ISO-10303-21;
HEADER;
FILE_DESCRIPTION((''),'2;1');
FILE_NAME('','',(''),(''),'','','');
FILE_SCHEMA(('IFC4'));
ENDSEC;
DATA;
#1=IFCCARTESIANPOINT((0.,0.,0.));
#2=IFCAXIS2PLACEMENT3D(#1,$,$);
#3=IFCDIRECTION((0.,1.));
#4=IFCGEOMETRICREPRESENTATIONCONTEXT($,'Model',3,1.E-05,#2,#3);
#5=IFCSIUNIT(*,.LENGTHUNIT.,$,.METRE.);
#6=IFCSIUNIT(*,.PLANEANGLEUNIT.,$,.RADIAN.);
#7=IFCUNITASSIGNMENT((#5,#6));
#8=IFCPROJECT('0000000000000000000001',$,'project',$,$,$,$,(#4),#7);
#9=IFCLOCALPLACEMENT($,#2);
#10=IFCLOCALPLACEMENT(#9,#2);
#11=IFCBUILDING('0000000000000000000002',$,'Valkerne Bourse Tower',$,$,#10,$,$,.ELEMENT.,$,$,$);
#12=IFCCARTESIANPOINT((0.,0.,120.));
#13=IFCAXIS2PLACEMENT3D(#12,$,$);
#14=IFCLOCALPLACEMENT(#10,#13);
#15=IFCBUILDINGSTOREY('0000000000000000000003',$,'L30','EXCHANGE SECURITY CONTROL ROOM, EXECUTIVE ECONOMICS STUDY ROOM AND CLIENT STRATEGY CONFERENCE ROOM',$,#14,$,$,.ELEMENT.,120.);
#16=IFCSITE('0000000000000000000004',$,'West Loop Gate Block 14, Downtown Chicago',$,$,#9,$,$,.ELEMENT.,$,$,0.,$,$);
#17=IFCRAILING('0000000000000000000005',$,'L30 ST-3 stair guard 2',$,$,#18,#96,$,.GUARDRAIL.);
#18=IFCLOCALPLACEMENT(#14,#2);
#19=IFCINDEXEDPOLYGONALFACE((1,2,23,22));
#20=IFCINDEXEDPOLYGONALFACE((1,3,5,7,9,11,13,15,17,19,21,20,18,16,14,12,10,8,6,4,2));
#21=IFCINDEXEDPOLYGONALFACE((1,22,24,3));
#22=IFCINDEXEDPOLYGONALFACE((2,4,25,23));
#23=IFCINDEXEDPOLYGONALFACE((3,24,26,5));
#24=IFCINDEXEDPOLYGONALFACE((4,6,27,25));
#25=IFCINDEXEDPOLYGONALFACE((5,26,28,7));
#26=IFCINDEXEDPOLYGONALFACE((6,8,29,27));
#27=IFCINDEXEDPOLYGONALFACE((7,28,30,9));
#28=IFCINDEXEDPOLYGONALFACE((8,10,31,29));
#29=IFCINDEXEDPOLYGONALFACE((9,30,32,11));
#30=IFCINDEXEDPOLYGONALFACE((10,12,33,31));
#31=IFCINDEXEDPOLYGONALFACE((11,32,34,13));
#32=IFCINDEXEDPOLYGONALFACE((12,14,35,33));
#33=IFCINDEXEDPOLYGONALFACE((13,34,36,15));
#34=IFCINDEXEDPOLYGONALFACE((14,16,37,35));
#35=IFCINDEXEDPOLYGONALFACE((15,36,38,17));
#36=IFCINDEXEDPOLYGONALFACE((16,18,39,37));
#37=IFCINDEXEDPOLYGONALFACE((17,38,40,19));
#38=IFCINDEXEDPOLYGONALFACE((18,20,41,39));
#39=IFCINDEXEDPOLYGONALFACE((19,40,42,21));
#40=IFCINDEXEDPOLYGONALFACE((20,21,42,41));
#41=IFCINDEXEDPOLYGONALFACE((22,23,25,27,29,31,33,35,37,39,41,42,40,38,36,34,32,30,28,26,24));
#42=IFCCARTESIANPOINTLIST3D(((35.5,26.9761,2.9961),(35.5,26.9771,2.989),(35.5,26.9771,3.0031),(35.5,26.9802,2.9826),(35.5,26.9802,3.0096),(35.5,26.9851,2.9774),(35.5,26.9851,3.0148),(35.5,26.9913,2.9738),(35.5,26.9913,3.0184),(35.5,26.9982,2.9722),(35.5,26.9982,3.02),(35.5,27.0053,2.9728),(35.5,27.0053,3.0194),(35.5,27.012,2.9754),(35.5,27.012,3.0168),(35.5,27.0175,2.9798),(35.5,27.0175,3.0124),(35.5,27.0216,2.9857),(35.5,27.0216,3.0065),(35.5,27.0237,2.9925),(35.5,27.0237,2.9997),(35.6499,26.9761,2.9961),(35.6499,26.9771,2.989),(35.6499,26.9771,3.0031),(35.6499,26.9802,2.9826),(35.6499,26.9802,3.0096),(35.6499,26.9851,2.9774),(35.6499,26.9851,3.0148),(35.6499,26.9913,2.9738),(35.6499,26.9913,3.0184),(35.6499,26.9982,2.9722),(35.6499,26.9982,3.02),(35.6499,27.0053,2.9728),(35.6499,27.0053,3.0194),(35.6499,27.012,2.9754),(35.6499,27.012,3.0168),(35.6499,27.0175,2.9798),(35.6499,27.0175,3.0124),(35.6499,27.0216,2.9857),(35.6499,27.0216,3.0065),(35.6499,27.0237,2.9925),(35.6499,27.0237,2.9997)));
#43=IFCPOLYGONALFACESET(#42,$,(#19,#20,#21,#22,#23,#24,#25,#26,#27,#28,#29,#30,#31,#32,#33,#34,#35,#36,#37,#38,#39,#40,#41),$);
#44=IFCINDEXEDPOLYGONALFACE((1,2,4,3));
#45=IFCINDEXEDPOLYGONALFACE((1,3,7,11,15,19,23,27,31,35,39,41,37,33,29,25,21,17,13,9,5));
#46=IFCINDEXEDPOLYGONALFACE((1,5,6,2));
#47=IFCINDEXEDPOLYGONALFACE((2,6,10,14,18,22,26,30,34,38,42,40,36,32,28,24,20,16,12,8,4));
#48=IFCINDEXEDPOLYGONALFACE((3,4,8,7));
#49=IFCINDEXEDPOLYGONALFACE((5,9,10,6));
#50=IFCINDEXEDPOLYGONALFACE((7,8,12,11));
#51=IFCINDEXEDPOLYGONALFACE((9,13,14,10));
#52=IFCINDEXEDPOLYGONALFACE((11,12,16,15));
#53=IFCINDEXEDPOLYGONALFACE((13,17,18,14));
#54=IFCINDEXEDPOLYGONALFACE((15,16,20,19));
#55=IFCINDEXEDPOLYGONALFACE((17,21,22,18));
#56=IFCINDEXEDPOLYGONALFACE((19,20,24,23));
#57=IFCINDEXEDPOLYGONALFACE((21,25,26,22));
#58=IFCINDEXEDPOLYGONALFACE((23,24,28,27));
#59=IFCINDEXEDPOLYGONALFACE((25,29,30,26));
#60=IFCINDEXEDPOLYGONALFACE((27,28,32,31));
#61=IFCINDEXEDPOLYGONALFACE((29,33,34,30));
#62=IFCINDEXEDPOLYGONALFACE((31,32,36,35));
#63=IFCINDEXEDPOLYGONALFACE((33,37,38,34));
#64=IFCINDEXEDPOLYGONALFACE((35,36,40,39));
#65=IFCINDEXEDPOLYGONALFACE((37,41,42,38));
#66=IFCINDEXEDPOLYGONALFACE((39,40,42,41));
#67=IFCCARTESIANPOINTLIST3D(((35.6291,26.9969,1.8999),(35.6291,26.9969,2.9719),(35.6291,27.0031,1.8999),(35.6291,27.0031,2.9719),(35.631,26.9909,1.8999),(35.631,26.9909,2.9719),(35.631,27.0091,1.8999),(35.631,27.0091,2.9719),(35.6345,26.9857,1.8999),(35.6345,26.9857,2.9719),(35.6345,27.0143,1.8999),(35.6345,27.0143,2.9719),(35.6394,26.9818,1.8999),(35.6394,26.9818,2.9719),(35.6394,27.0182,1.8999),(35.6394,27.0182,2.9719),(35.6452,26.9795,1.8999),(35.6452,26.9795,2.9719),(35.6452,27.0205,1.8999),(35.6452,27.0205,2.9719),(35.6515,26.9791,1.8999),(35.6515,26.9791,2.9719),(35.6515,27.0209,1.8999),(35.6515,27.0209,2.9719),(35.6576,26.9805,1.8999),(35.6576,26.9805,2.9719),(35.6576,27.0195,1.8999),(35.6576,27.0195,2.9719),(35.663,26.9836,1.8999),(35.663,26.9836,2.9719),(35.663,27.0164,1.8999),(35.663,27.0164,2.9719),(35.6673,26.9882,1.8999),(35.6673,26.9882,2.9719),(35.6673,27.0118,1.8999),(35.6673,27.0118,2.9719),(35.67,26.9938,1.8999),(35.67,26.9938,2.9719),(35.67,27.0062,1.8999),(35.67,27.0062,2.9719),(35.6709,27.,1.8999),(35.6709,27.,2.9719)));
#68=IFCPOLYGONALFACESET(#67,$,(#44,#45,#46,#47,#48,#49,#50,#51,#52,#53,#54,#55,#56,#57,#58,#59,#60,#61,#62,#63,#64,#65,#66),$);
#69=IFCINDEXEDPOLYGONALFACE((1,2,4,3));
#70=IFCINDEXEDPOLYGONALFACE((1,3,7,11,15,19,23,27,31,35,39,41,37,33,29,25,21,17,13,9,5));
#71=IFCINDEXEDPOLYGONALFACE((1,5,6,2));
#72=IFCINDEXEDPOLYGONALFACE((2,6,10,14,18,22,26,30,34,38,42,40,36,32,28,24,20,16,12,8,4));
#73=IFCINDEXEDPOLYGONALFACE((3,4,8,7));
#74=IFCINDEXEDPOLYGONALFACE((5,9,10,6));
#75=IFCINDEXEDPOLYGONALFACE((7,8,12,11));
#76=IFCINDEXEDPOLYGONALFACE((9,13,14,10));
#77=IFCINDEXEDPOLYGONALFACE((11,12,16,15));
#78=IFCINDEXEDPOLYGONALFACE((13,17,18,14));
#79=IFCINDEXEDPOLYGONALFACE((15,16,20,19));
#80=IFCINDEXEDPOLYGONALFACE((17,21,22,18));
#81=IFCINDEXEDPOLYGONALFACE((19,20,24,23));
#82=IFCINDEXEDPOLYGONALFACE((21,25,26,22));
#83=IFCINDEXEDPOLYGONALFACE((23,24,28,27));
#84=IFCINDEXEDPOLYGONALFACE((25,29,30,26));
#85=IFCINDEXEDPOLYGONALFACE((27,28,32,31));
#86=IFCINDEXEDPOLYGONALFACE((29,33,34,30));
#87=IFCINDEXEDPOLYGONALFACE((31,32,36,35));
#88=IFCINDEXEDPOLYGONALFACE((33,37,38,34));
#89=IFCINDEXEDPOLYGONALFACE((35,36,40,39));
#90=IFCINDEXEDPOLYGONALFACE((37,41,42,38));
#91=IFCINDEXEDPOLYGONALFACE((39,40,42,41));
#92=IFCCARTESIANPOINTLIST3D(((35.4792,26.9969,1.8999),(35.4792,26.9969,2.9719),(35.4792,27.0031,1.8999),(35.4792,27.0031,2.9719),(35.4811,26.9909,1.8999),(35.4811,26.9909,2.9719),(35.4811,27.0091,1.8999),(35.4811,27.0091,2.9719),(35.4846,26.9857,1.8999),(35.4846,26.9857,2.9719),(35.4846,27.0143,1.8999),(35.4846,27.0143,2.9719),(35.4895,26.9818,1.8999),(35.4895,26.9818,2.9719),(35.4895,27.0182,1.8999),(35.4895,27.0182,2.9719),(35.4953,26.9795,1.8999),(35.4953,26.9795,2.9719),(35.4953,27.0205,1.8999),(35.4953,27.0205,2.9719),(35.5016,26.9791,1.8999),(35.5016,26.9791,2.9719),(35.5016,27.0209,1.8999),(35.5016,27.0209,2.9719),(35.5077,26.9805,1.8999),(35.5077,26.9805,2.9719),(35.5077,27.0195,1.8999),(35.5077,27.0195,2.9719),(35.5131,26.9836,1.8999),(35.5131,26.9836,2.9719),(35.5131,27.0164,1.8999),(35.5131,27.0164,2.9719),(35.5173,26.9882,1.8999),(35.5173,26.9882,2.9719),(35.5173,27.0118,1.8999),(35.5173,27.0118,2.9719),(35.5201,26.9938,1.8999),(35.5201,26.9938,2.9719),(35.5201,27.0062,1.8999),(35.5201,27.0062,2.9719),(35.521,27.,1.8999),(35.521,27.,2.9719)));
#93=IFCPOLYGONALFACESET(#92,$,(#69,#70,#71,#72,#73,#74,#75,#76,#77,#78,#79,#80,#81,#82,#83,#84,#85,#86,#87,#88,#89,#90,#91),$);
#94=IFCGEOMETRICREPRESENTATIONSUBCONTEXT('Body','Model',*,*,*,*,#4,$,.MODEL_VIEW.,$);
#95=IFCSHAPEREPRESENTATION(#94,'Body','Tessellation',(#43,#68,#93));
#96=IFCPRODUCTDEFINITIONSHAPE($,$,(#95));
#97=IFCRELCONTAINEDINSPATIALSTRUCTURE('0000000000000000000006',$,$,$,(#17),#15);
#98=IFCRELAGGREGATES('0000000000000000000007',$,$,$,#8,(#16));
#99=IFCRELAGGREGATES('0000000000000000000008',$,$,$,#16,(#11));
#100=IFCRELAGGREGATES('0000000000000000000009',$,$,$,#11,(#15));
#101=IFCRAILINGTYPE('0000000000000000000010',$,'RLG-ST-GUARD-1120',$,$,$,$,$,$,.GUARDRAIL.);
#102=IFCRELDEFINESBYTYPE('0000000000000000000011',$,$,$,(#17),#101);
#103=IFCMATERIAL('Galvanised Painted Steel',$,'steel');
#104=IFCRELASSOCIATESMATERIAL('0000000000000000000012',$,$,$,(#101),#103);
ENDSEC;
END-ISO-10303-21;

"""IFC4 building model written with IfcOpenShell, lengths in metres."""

from ifc_helpers import new_model, si_unit, direction, frame, origin, origin_2d, place, context, subcontext, project, spatial, circle, extrude, material, type_object, element, save


model = new_model("IFC4")

# Units and contexts
model_context = context("Model", 3, precision=1e-05, world=origin(), true_north=direction((0.0, 1.0)))
body_context = subcontext(model_context, "Body", "Model", "MODEL_VIEW")
ifc_project = project(units=[si_unit("LENGTHUNIT", "METRE"), si_unit("PLANEANGLEUNIT", "RADIAN")], contexts=[model_context])

# Site, building, storey
site_placement = place(None, origin())
site = spatial("IfcSite", under=ifc_project, at=site_placement, Name="West Loop Gate Block 14, Downtown Chicago", CompositionType="ELEMENT", RefElevation=0.0)
building_placement = place(site_placement, origin())
building = spatial("IfcBuilding", under=site, at=building_placement, Name="Valkerne Bourse Tower", CompositionType="ELEMENT")
storey_placement = place(building_placement, frame((0.0, 0.0, 120.0)))
storey = spatial("IfcBuildingStorey", under=building, at=storey_placement, Name="L30", Description="EXCHANGE SECURITY CONTROL ROOM, EXECUTIVE ECONOMICS STUDY ROOM AND CLIENT STRATEGY CONFERENCE ROOM", CompositionType="ELEMENT", Elevation=120.0)

# Railing
ifc_material_1 = material(Name="Galvanised Painted Steel", Category="steel")
railing_type_1 = type_object("IfcRailingType", Name="RLG-ST-GUARD-1120", PredefinedType="GUARDRAIL", material=ifc_material_1)
railing_1_placement = place(storey_placement, frame((35.6499, 27.0, 1.8999)))
element("IfcRailing", 1, at=railing_1_placement, inside=storey, type_object=railing_type_1, Name="L30 ST-3 stair guard 2", PredefinedType="GUARDRAIL", context=body_context, shape_type="SweptSolid", body=[
    extrude(circle(Radius=0.0239, at=origin_2d()), frame((0.0, 0.0, 1.0962), z_axis=(-1.0, 0.0, 0.0), x_axis=(0.0, -1.0, 0.0)), (0.0, 0.0, 1.0), 0.1499),
    extrude(circle(Radius=0.021, at=origin_2d()), origin(), (0.0, 0.0, 1.0), 1.072),
    extrude(circle(Radius=0.021, at=origin_2d()), frame((-0.1499, 0.0, 0.0)), (0.0, 0.0, 1.0), 1.072),
])

save(model, "model.ifc")
